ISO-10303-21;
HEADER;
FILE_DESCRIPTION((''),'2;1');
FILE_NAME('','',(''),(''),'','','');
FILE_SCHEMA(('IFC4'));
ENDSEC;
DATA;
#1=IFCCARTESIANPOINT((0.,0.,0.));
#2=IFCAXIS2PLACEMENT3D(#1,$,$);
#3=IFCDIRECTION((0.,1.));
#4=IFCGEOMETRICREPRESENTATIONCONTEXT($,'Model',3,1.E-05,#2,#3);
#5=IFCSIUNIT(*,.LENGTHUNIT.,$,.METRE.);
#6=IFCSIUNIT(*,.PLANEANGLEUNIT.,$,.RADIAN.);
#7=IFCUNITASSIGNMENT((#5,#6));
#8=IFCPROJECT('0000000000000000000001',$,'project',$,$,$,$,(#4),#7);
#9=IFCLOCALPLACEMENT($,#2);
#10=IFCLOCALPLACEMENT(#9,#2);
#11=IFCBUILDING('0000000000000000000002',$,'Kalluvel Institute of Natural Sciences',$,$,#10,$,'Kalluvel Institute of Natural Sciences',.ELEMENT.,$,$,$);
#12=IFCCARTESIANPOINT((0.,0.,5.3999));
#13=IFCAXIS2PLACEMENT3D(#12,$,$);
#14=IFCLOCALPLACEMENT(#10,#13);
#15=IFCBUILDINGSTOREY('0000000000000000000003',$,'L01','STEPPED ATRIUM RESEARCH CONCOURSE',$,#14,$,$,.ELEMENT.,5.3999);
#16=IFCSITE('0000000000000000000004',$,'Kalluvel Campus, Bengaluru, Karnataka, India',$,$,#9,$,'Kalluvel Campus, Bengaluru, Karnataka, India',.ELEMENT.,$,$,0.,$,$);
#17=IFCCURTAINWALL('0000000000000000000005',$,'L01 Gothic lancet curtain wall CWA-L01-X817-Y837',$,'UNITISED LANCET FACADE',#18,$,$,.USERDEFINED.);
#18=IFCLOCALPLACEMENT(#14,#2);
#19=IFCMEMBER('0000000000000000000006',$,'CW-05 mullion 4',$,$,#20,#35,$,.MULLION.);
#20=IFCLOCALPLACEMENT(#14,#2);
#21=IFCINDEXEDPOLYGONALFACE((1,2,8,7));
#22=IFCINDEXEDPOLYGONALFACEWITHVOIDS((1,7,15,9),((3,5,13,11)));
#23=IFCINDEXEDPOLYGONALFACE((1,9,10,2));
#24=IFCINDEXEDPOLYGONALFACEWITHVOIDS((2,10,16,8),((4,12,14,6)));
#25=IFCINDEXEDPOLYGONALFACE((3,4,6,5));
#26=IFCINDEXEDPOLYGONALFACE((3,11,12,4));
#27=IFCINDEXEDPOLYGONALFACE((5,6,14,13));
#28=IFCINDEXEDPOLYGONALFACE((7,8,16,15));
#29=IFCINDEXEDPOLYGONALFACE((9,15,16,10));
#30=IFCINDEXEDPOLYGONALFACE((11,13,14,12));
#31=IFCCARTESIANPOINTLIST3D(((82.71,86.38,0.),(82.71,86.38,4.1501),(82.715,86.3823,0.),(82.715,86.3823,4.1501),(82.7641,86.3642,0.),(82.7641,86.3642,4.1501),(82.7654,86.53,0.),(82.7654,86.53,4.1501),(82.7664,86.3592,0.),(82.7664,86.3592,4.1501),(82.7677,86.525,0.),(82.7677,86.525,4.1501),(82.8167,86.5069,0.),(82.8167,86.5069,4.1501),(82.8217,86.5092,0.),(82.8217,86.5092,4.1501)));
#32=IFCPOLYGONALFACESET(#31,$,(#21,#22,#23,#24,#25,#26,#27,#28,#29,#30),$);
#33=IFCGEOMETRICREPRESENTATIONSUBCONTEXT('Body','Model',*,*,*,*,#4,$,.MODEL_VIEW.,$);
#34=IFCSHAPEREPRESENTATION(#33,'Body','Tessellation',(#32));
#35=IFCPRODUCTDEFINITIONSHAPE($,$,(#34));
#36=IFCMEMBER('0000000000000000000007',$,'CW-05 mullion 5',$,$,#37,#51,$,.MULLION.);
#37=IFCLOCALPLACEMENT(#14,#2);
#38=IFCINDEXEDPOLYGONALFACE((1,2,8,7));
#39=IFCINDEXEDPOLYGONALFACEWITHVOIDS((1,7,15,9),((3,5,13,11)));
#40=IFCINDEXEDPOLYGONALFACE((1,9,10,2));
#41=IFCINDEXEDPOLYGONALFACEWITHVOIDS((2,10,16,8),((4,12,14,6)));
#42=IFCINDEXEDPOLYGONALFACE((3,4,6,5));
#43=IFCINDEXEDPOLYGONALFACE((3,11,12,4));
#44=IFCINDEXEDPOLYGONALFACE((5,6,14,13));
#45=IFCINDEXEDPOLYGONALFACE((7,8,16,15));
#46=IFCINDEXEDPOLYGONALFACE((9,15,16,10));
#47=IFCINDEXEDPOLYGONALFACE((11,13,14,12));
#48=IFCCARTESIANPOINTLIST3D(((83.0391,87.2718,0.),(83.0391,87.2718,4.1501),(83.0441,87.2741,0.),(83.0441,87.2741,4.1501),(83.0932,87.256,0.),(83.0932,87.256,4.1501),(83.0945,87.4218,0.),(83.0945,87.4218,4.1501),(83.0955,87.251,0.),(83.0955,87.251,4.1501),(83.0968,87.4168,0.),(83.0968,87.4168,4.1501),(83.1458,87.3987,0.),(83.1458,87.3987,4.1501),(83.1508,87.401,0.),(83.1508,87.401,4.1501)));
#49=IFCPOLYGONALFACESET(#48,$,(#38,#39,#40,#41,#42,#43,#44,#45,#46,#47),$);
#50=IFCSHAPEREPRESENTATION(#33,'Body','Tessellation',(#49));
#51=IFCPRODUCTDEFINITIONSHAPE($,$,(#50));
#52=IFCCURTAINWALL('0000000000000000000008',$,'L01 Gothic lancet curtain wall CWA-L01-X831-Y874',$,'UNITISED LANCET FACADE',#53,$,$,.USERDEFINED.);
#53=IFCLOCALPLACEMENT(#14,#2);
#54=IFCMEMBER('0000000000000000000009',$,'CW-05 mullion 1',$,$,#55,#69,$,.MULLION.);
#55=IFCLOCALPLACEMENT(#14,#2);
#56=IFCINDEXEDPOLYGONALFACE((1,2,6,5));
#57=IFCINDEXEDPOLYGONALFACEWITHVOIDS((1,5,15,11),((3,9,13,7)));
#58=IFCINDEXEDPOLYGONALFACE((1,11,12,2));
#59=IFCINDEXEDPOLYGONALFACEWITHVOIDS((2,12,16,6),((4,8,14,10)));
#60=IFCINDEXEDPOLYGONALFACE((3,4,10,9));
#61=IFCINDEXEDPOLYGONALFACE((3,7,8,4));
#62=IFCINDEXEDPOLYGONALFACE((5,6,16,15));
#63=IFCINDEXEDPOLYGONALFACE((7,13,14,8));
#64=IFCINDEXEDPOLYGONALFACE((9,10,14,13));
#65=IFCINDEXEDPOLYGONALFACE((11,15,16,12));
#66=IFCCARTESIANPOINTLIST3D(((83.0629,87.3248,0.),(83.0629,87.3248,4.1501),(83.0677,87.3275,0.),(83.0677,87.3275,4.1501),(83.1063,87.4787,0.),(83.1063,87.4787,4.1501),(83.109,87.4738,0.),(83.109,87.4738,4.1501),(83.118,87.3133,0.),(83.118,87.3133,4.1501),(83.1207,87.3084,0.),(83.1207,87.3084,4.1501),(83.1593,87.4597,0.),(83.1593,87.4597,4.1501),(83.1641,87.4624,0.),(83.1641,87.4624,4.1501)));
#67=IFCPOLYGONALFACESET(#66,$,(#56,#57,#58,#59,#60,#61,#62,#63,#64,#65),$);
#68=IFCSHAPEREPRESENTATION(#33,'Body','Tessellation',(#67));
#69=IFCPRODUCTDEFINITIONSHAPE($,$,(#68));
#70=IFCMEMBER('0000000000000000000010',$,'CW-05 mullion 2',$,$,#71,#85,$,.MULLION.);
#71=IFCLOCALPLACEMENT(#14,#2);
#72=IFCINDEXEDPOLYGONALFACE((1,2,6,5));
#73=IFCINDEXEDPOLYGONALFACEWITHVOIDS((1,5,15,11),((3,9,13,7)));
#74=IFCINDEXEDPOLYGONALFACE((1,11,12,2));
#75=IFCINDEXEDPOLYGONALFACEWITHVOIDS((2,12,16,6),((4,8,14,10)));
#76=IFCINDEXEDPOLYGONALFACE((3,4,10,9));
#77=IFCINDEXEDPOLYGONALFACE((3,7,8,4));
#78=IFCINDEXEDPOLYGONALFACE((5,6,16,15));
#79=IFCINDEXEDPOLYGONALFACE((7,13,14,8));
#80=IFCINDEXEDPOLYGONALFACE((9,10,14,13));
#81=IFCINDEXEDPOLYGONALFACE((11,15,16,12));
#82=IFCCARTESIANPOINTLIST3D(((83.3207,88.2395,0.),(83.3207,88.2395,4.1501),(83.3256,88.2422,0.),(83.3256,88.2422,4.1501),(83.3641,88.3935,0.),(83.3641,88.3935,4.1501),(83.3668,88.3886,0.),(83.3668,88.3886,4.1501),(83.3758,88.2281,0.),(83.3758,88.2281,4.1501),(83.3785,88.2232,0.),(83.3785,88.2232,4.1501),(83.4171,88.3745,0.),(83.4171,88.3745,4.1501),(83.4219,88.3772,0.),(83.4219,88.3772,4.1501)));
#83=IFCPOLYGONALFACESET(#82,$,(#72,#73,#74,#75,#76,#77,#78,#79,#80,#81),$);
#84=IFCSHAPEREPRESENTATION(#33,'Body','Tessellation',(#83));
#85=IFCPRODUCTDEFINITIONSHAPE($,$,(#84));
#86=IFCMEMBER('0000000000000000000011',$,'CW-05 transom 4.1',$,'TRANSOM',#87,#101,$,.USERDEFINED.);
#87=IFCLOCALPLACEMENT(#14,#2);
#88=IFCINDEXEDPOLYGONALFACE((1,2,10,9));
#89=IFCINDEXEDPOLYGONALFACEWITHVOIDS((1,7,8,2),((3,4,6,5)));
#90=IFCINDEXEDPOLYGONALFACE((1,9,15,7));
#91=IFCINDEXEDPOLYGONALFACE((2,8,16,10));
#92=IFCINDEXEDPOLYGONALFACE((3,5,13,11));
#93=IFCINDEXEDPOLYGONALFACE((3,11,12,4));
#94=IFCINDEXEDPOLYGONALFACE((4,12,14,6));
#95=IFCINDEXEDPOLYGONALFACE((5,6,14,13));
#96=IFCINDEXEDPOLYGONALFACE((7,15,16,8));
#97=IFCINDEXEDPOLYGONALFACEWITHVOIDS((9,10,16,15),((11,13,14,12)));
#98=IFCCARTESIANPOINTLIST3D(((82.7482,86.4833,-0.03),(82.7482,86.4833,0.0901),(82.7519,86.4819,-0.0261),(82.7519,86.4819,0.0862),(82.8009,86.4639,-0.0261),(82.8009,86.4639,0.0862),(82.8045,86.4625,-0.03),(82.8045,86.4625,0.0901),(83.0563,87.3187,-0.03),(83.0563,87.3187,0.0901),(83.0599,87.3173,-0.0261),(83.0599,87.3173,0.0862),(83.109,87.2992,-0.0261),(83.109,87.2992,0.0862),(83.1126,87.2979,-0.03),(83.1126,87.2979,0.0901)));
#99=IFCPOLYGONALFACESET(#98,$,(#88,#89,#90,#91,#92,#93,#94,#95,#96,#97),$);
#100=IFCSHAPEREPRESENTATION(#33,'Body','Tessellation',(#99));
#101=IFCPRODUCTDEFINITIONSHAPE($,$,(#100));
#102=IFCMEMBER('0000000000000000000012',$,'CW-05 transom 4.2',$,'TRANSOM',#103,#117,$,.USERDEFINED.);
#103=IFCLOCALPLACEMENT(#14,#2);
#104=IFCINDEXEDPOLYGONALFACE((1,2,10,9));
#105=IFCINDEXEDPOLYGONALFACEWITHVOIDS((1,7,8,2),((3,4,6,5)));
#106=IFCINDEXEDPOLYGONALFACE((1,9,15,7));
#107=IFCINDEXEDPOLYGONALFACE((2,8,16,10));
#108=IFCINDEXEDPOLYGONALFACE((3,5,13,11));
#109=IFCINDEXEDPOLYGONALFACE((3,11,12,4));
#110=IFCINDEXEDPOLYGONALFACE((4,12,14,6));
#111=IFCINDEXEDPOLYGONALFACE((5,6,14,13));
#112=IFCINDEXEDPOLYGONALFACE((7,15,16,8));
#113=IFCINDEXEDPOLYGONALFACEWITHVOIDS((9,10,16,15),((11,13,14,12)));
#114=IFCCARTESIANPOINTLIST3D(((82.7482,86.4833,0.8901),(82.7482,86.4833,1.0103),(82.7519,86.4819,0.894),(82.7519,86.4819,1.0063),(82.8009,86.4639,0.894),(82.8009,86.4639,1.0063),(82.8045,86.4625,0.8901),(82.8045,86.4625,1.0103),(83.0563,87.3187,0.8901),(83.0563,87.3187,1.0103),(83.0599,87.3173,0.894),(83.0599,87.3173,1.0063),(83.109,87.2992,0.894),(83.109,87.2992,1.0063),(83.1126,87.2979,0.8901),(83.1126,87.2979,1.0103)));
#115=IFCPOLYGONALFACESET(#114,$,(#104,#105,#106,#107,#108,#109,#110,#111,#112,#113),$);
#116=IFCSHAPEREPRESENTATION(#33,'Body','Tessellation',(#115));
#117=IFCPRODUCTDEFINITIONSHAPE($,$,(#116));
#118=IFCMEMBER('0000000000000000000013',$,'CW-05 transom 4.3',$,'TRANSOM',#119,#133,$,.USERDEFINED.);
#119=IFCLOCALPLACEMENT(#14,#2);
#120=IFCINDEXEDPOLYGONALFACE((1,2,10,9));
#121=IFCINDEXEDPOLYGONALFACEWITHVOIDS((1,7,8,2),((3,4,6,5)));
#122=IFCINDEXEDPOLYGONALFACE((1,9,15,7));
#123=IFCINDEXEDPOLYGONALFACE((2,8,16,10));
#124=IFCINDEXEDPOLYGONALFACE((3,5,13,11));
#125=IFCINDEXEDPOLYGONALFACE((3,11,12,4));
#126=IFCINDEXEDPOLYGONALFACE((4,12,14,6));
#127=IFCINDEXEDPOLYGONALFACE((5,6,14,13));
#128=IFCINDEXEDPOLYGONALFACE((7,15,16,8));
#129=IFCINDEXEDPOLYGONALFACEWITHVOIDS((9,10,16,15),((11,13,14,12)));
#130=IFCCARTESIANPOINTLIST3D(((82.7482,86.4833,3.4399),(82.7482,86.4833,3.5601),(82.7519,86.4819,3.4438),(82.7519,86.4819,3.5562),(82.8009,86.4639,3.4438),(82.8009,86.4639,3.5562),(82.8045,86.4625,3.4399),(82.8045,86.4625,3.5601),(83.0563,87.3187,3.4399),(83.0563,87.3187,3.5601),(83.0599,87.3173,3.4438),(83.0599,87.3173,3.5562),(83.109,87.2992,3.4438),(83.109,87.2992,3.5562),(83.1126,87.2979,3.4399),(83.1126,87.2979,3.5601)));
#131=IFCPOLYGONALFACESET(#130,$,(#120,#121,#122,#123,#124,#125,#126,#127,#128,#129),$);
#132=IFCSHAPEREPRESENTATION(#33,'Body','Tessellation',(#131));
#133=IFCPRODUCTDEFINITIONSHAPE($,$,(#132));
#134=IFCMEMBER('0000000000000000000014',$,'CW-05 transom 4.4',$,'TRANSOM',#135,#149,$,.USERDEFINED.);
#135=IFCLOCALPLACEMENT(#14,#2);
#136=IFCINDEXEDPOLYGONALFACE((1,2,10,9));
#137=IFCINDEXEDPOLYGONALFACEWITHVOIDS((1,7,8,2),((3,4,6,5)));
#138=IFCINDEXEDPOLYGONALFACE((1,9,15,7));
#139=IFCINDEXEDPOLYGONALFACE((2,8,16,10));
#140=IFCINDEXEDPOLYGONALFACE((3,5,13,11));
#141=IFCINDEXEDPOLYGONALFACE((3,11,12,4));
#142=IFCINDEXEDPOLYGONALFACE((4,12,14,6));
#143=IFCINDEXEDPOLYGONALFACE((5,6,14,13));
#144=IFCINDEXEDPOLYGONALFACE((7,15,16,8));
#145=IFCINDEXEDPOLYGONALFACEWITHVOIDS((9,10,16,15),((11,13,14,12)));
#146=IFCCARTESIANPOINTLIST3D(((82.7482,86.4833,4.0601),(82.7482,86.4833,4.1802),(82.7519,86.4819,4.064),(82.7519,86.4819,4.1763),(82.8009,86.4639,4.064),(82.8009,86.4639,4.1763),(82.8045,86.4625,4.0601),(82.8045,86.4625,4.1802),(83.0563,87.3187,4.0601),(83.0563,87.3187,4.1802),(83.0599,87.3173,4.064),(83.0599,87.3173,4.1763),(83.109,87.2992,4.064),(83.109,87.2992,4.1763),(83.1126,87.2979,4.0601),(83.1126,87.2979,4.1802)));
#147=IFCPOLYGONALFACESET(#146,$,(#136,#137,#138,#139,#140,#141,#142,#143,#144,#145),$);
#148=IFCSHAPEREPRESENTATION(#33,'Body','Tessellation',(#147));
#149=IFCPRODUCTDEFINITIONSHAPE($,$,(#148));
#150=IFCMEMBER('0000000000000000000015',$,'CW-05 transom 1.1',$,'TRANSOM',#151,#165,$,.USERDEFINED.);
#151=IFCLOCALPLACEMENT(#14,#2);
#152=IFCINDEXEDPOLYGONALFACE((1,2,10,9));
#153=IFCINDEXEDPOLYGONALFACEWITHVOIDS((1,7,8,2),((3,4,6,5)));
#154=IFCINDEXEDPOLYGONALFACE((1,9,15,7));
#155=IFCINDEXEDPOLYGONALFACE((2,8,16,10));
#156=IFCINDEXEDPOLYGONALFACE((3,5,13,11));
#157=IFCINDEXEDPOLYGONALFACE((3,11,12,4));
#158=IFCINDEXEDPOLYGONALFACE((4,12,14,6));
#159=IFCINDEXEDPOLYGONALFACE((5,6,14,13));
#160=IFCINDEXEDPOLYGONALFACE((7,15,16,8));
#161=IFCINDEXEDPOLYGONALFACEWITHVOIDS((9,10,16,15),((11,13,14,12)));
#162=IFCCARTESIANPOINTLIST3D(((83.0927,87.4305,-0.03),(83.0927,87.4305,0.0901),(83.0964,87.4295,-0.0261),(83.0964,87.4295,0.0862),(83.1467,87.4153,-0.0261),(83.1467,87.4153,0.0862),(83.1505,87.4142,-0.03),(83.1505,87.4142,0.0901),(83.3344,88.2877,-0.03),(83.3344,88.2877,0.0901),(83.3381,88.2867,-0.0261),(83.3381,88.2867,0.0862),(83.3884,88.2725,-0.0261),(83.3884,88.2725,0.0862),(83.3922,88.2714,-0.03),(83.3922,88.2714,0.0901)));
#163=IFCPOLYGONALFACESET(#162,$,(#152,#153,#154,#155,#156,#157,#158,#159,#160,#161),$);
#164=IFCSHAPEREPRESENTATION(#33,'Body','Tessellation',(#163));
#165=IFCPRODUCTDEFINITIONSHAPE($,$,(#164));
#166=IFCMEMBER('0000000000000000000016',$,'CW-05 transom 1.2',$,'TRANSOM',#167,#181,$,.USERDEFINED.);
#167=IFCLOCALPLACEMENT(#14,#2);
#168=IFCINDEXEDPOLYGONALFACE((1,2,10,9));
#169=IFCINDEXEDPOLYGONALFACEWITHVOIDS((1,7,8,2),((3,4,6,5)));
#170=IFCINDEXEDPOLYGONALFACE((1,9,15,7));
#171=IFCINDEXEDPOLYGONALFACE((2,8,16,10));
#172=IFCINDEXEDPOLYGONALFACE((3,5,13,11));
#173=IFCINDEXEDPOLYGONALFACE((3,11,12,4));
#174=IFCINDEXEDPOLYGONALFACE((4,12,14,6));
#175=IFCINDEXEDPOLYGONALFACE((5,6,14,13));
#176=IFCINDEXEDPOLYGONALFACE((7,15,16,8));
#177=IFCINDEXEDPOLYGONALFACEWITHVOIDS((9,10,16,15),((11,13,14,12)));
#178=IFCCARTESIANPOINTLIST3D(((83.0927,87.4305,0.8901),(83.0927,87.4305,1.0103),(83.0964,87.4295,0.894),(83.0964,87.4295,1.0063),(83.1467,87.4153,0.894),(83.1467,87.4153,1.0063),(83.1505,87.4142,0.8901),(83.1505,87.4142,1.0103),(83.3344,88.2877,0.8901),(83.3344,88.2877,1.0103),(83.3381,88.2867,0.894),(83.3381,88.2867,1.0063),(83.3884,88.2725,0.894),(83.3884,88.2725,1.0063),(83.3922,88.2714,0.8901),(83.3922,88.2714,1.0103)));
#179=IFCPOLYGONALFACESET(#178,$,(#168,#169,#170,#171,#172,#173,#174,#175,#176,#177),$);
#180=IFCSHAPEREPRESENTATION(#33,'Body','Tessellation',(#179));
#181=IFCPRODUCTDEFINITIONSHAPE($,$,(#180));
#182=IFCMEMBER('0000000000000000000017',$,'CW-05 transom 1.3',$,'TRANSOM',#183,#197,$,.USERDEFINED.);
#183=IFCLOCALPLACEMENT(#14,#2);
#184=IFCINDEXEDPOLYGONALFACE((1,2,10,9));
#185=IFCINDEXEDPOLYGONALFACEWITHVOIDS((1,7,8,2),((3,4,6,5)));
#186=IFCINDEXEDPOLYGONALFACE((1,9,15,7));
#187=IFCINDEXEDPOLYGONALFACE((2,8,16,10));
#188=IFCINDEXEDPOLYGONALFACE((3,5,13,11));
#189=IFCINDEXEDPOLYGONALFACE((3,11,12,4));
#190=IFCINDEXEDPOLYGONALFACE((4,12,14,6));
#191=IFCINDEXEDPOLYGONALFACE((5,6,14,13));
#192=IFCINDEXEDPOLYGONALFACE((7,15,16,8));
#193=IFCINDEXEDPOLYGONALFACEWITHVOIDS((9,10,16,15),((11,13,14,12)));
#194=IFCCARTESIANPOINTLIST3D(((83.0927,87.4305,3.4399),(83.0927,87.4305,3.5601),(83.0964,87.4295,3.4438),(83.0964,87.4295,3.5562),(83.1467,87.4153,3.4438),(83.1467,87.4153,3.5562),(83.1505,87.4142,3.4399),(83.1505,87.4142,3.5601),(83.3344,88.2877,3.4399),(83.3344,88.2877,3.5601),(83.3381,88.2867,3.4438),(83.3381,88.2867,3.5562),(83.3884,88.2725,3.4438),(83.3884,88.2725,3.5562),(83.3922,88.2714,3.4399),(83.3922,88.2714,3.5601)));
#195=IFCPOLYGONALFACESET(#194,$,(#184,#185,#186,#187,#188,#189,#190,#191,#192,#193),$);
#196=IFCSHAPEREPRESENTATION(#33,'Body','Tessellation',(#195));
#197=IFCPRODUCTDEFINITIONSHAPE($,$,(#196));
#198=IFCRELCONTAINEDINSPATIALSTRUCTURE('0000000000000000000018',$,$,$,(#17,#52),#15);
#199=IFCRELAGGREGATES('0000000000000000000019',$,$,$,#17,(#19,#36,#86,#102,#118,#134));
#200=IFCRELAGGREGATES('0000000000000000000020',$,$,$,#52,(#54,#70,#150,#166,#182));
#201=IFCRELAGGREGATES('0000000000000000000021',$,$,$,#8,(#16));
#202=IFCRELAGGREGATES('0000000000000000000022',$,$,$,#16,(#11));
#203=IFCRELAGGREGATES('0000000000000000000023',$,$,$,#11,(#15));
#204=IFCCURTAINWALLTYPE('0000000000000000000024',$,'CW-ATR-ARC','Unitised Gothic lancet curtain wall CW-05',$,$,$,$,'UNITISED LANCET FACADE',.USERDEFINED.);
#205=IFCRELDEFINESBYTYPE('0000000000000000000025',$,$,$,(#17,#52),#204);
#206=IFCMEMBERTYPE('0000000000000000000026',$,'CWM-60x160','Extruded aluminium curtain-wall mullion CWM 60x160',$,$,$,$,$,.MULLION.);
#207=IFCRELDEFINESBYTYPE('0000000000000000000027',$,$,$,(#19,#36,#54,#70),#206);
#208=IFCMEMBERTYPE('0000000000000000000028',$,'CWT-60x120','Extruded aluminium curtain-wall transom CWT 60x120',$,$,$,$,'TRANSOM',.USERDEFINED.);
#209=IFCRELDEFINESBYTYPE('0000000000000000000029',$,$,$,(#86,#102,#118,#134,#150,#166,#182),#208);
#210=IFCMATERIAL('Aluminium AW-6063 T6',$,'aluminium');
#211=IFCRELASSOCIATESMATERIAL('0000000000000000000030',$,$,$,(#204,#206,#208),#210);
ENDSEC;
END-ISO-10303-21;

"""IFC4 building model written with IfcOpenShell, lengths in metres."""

from ifc_helpers import new_model, si_unit, direction, frame, origin, origin_2d, place, context, subcontext, project, spatial, hollow_rectangle, extrude, material, material_profile, profile_set, type_object, element, aggregate, save


model = new_model("IFC4")

# Units and contexts
model_context = context("Model", 3, precision=1e-05, world=origin(), true_north=direction((0.0, 1.0)))
body_context = subcontext(model_context, "Body", "Model", "MODEL_VIEW")
ifc_project = project(units=[si_unit("LENGTHUNIT", "METRE"), si_unit("PLANEANGLEUNIT", "RADIAN")], contexts=[model_context])

# Site, building, storey
site_placement = place(None, origin())
site = spatial("IfcSite", under=ifc_project, at=site_placement, Name="Kalluvel Campus, Bengaluru, Karnataka, India", LongName="Kalluvel Campus, Bengaluru, Karnataka, India", CompositionType="ELEMENT", RefElevation=0.0)
building_placement = place(site_placement, origin())
building = spatial("IfcBuilding", under=site, at=building_placement, Name="Kalluvel Institute of Natural Sciences", LongName="Kalluvel Institute of Natural Sciences", CompositionType="ELEMENT")
storey_placement = place(building_placement, frame((0.0, 0.0, 5.3999)))
storey = spatial("IfcBuildingStorey", under=building, at=storey_placement, Name="L01", Description="STEPPED ATRIUM RESEARCH CONCOURSE", CompositionType="ELEMENT", Elevation=5.3999)

# Curtain walls, members
ifc_material_1 = material(Name="Aluminium AW-6063 T6", Category="aluminium")
curtain_wall_type = type_object("IfcCurtainWallType", Name="CW-ATR-ARC", Description="Unitised Gothic lancet curtain wall CW-05", ElementType="UNITISED LANCET FACADE", PredefinedType="USERDEFINED", material=ifc_material_1)
curtain_wall_1_placement = place(storey_placement, origin())
curtain_wall_1 = element("IfcCurtainWall", 1, at=curtain_wall_1_placement, inside=storey, type_object=curtain_wall_type, Name="L01 Gothic lancet curtain wall CWA-L01-X817-Y837", ObjectType="UNITISED LANCET FACADE", PredefinedType="USERDEFINED")
ifc_material_profile_1 = material_profile(ifc_material_1, hollow_rectangle(XDim=0.0601, YDim=0.1599, WallThickness=0.0039, at=origin_2d()), Name="CWM 60x160")
ifc_profile_set_1 = profile_set([ifc_material_profile_1], Name="Aluminium AW-6063 T6")
member_type_1 = type_object("IfcMemberType", Name="CWM-60x160", Description="Extruded aluminium curtain-wall mullion CWM 60x160", PredefinedType="MULLION", material=ifc_profile_set_1)
member_1_placement = place(storey_placement, frame((82.7659, 86.4446, 0.0), z_axis=(0.0, 0.0, 1.0), x_axis=(-0.938189, 0.346122, 0.0)))
member_1 = element("IfcMember", 2, at=member_1_placement, type_object=member_type_1, Name="CW-05 mullion 4", PredefinedType="MULLION", context=body_context, shape_type="SweptSolid", body=[
    extrude(hollow_rectangle(XDim=0.0601, YDim=0.1599, WallThickness=0.0039, at=origin_2d()), origin(), (0.0, 0.0, 1.0), 4.1501),
])
member_2_placement = place(storey_placement, frame((83.095, 87.3364, 0.0), z_axis=(0.0, 0.0, 1.0), x_axis=(-0.938189, 0.346122, 0.0)))
member_2 = element("IfcMember", 3, at=member_2_placement, type_object=member_type_1, Name="CW-05 mullion 5", PredefinedType="MULLION", context=body_context, shape_type="SweptSolid", body=[
    extrude(hollow_rectangle(XDim=0.0601, YDim=0.1599, WallThickness=0.0039, at=origin_2d()), origin(), (0.0, 0.0, 1.0), 4.1501),
])
curtain_wall_2_placement = place(storey_placement, origin())
curtain_wall_2 = element("IfcCurtainWall", 4, at=curtain_wall_2_placement, inside=storey, type_object=curtain_wall_type, Name="L01 Gothic lancet curtain wall CWA-L01-X831-Y874", ObjectType="UNITISED LANCET FACADE", PredefinedType="USERDEFINED")
member_3_placement = place(storey_placement, frame((83.1135, 87.3936, 0.0), z_axis=(0.0, 0.0, 1.0), x_axis=(-0.962455, 0.27144, 0.0)))
member_3 = element("IfcMember", 5, at=member_3_placement, type_object=member_type_1, Name="CW-05 mullion 1", PredefinedType="MULLION", context=body_context, shape_type="SweptSolid", body=[
    extrude(hollow_rectangle(XDim=0.0601, YDim=0.1599, WallThickness=0.0039, at=origin_2d()), origin(), (0.0, 0.0, 1.0), 4.1501),
])
member_4_placement = place(storey_placement, frame((83.3713, 88.3083, 0.0), z_axis=(0.0, 0.0, 1.0), x_axis=(-0.962455, 0.27144, 0.0)))
member_4 = element("IfcMember", 6, at=member_4_placement, type_object=member_type_1, Name="CW-05 mullion 2", PredefinedType="MULLION", context=body_context, shape_type="SweptSolid", body=[
    extrude(hollow_rectangle(XDim=0.0601, YDim=0.1599, WallThickness=0.0039, at=origin_2d()), origin(), (0.0, 0.0, 1.0), 4.1501),
])

# Members
ifc_material_profile_2 = material_profile(ifc_material_1, hollow_rectangle(XDim=0.0601, YDim=0.1201, WallThickness=0.0039, at=origin_2d()), Name="CWT 60x120")
ifc_profile_set_2 = profile_set([ifc_material_profile_2], Name="Aluminium AW-6063 T6")
member_type_2 = type_object("IfcMemberType", Name="CWT-60x120", Description="Extruded aluminium curtain-wall transom CWT 60x120", ElementType="TRANSOM", PredefinedType="USERDEFINED", material=ifc_profile_set_2)
member_5_placement = place(storey_placement, frame((82.7764, 86.4729, 0.03), z_axis=(0.34601, 0.938231, 0.0), x_axis=(-0.938231, 0.34601, 0.0)))
member_5 = element("IfcMember", 7, at=member_5_placement, type_object=member_type_2, Name="CW-05 transom 4.1", ObjectType="TRANSOM", PredefinedType="USERDEFINED", context=body_context, shape_type="SweptSolid", body=[
    extrude(hollow_rectangle(XDim=0.0601, YDim=0.1201, WallThickness=0.0039, at=origin_2d()), origin(), (0.0, 0.0, 1.0), 0.8904),
])
member_6_placement = place(storey_placement, frame((82.7764, 86.4729, 0.9502), z_axis=(0.34601, 0.938231, 0.0), x_axis=(-0.938231, 0.34601, 0.0)))
member_6 = element("IfcMember", 8, at=member_6_placement, type_object=member_type_2, Name="CW-05 transom 4.2", ObjectType="TRANSOM", PredefinedType="USERDEFINED", context=body_context, shape_type="SweptSolid", body=[
    extrude(hollow_rectangle(XDim=0.0601, YDim=0.1201, WallThickness=0.0039, at=origin_2d()), origin(), (0.0, 0.0, 1.0), 0.8904),
])
member_7_placement = place(storey_placement, frame((82.7764, 86.4729, 3.5), z_axis=(0.34601, 0.938231, 0.0), x_axis=(-0.938231, 0.34601, 0.0)))
member_7 = element("IfcMember", 9, at=member_7_placement, type_object=member_type_2, Name="CW-05 transom 4.3", ObjectType="TRANSOM", PredefinedType="USERDEFINED", context=body_context, shape_type="SweptSolid", body=[
    extrude(hollow_rectangle(XDim=0.0601, YDim=0.1201, WallThickness=0.0039, at=origin_2d()), origin(), (0.0, 0.0, 1.0), 0.8904),
])
member_8_placement = place(storey_placement, frame((82.7764, 86.4729, 4.1201), z_axis=(0.34601, 0.938231, 0.0), x_axis=(-0.938231, 0.34601, 0.0)))
member_8 = element("IfcMember", 10, at=member_8_placement, type_object=member_type_2, Name="CW-05 transom 4.4", ObjectType="TRANSOM", PredefinedType="USERDEFINED", context=body_context, shape_type="SweptSolid", body=[
    extrude(hollow_rectangle(XDim=0.0601, YDim=0.1201, WallThickness=0.0039, at=origin_2d()), origin(), (0.0, 0.0, 1.0), 0.8904),
])
member_9_placement = place(storey_placement, frame((83.1216, 87.4224, 0.03), z_axis=(0.271389, 0.96247, 0.0), x_axis=(-0.96247, 0.271389, 0.0)))
member_9 = element("IfcMember", 11, at=member_9_placement, type_object=member_type_2, Name="CW-05 transom 1.1", ObjectType="TRANSOM", PredefinedType="USERDEFINED", context=body_context, shape_type="SweptSolid", body=[
    extrude(hollow_rectangle(XDim=0.0601, YDim=0.1201, WallThickness=0.0039, at=origin_2d()), origin(), (0.0, 0.0, 1.0), 0.8906),
])
member_10_placement = place(storey_placement, frame((83.1216, 87.4224, 0.9502), z_axis=(0.271389, 0.96247, 0.0), x_axis=(-0.96247, 0.271389, 0.0)))
member_10 = element("IfcMember", 12, at=member_10_placement, type_object=member_type_2, Name="CW-05 transom 1.2", ObjectType="TRANSOM", PredefinedType="USERDEFINED", context=body_context, shape_type="SweptSolid", body=[
    extrude(hollow_rectangle(XDim=0.0601, YDim=0.1201, WallThickness=0.0039, at=origin_2d()), origin(), (0.0, 0.0, 1.0), 0.8906),
])
member_11_placement = place(storey_placement, frame((83.1216, 87.4224, 3.5), z_axis=(0.271389, 0.96247, 0.0), x_axis=(-0.96247, 0.271389, 0.0)))
member_11 = element("IfcMember", 13, at=member_11_placement, type_object=member_type_2, Name="CW-05 transom 1.3", ObjectType="TRANSOM", PredefinedType="USERDEFINED", context=body_context, shape_type="SweptSolid", body=[
    extrude(hollow_rectangle(XDim=0.0601, YDim=0.1201, WallThickness=0.0039, at=origin_2d()), origin(), (0.0, 0.0, 1.0), 0.8906),
])

aggregate(curtain_wall_1, [member_1, member_2, member_5, member_6, member_7, member_8])
aggregate(curtain_wall_2, [member_3, member_4, member_9, member_10, member_11])

save(model, "model.ifc")
